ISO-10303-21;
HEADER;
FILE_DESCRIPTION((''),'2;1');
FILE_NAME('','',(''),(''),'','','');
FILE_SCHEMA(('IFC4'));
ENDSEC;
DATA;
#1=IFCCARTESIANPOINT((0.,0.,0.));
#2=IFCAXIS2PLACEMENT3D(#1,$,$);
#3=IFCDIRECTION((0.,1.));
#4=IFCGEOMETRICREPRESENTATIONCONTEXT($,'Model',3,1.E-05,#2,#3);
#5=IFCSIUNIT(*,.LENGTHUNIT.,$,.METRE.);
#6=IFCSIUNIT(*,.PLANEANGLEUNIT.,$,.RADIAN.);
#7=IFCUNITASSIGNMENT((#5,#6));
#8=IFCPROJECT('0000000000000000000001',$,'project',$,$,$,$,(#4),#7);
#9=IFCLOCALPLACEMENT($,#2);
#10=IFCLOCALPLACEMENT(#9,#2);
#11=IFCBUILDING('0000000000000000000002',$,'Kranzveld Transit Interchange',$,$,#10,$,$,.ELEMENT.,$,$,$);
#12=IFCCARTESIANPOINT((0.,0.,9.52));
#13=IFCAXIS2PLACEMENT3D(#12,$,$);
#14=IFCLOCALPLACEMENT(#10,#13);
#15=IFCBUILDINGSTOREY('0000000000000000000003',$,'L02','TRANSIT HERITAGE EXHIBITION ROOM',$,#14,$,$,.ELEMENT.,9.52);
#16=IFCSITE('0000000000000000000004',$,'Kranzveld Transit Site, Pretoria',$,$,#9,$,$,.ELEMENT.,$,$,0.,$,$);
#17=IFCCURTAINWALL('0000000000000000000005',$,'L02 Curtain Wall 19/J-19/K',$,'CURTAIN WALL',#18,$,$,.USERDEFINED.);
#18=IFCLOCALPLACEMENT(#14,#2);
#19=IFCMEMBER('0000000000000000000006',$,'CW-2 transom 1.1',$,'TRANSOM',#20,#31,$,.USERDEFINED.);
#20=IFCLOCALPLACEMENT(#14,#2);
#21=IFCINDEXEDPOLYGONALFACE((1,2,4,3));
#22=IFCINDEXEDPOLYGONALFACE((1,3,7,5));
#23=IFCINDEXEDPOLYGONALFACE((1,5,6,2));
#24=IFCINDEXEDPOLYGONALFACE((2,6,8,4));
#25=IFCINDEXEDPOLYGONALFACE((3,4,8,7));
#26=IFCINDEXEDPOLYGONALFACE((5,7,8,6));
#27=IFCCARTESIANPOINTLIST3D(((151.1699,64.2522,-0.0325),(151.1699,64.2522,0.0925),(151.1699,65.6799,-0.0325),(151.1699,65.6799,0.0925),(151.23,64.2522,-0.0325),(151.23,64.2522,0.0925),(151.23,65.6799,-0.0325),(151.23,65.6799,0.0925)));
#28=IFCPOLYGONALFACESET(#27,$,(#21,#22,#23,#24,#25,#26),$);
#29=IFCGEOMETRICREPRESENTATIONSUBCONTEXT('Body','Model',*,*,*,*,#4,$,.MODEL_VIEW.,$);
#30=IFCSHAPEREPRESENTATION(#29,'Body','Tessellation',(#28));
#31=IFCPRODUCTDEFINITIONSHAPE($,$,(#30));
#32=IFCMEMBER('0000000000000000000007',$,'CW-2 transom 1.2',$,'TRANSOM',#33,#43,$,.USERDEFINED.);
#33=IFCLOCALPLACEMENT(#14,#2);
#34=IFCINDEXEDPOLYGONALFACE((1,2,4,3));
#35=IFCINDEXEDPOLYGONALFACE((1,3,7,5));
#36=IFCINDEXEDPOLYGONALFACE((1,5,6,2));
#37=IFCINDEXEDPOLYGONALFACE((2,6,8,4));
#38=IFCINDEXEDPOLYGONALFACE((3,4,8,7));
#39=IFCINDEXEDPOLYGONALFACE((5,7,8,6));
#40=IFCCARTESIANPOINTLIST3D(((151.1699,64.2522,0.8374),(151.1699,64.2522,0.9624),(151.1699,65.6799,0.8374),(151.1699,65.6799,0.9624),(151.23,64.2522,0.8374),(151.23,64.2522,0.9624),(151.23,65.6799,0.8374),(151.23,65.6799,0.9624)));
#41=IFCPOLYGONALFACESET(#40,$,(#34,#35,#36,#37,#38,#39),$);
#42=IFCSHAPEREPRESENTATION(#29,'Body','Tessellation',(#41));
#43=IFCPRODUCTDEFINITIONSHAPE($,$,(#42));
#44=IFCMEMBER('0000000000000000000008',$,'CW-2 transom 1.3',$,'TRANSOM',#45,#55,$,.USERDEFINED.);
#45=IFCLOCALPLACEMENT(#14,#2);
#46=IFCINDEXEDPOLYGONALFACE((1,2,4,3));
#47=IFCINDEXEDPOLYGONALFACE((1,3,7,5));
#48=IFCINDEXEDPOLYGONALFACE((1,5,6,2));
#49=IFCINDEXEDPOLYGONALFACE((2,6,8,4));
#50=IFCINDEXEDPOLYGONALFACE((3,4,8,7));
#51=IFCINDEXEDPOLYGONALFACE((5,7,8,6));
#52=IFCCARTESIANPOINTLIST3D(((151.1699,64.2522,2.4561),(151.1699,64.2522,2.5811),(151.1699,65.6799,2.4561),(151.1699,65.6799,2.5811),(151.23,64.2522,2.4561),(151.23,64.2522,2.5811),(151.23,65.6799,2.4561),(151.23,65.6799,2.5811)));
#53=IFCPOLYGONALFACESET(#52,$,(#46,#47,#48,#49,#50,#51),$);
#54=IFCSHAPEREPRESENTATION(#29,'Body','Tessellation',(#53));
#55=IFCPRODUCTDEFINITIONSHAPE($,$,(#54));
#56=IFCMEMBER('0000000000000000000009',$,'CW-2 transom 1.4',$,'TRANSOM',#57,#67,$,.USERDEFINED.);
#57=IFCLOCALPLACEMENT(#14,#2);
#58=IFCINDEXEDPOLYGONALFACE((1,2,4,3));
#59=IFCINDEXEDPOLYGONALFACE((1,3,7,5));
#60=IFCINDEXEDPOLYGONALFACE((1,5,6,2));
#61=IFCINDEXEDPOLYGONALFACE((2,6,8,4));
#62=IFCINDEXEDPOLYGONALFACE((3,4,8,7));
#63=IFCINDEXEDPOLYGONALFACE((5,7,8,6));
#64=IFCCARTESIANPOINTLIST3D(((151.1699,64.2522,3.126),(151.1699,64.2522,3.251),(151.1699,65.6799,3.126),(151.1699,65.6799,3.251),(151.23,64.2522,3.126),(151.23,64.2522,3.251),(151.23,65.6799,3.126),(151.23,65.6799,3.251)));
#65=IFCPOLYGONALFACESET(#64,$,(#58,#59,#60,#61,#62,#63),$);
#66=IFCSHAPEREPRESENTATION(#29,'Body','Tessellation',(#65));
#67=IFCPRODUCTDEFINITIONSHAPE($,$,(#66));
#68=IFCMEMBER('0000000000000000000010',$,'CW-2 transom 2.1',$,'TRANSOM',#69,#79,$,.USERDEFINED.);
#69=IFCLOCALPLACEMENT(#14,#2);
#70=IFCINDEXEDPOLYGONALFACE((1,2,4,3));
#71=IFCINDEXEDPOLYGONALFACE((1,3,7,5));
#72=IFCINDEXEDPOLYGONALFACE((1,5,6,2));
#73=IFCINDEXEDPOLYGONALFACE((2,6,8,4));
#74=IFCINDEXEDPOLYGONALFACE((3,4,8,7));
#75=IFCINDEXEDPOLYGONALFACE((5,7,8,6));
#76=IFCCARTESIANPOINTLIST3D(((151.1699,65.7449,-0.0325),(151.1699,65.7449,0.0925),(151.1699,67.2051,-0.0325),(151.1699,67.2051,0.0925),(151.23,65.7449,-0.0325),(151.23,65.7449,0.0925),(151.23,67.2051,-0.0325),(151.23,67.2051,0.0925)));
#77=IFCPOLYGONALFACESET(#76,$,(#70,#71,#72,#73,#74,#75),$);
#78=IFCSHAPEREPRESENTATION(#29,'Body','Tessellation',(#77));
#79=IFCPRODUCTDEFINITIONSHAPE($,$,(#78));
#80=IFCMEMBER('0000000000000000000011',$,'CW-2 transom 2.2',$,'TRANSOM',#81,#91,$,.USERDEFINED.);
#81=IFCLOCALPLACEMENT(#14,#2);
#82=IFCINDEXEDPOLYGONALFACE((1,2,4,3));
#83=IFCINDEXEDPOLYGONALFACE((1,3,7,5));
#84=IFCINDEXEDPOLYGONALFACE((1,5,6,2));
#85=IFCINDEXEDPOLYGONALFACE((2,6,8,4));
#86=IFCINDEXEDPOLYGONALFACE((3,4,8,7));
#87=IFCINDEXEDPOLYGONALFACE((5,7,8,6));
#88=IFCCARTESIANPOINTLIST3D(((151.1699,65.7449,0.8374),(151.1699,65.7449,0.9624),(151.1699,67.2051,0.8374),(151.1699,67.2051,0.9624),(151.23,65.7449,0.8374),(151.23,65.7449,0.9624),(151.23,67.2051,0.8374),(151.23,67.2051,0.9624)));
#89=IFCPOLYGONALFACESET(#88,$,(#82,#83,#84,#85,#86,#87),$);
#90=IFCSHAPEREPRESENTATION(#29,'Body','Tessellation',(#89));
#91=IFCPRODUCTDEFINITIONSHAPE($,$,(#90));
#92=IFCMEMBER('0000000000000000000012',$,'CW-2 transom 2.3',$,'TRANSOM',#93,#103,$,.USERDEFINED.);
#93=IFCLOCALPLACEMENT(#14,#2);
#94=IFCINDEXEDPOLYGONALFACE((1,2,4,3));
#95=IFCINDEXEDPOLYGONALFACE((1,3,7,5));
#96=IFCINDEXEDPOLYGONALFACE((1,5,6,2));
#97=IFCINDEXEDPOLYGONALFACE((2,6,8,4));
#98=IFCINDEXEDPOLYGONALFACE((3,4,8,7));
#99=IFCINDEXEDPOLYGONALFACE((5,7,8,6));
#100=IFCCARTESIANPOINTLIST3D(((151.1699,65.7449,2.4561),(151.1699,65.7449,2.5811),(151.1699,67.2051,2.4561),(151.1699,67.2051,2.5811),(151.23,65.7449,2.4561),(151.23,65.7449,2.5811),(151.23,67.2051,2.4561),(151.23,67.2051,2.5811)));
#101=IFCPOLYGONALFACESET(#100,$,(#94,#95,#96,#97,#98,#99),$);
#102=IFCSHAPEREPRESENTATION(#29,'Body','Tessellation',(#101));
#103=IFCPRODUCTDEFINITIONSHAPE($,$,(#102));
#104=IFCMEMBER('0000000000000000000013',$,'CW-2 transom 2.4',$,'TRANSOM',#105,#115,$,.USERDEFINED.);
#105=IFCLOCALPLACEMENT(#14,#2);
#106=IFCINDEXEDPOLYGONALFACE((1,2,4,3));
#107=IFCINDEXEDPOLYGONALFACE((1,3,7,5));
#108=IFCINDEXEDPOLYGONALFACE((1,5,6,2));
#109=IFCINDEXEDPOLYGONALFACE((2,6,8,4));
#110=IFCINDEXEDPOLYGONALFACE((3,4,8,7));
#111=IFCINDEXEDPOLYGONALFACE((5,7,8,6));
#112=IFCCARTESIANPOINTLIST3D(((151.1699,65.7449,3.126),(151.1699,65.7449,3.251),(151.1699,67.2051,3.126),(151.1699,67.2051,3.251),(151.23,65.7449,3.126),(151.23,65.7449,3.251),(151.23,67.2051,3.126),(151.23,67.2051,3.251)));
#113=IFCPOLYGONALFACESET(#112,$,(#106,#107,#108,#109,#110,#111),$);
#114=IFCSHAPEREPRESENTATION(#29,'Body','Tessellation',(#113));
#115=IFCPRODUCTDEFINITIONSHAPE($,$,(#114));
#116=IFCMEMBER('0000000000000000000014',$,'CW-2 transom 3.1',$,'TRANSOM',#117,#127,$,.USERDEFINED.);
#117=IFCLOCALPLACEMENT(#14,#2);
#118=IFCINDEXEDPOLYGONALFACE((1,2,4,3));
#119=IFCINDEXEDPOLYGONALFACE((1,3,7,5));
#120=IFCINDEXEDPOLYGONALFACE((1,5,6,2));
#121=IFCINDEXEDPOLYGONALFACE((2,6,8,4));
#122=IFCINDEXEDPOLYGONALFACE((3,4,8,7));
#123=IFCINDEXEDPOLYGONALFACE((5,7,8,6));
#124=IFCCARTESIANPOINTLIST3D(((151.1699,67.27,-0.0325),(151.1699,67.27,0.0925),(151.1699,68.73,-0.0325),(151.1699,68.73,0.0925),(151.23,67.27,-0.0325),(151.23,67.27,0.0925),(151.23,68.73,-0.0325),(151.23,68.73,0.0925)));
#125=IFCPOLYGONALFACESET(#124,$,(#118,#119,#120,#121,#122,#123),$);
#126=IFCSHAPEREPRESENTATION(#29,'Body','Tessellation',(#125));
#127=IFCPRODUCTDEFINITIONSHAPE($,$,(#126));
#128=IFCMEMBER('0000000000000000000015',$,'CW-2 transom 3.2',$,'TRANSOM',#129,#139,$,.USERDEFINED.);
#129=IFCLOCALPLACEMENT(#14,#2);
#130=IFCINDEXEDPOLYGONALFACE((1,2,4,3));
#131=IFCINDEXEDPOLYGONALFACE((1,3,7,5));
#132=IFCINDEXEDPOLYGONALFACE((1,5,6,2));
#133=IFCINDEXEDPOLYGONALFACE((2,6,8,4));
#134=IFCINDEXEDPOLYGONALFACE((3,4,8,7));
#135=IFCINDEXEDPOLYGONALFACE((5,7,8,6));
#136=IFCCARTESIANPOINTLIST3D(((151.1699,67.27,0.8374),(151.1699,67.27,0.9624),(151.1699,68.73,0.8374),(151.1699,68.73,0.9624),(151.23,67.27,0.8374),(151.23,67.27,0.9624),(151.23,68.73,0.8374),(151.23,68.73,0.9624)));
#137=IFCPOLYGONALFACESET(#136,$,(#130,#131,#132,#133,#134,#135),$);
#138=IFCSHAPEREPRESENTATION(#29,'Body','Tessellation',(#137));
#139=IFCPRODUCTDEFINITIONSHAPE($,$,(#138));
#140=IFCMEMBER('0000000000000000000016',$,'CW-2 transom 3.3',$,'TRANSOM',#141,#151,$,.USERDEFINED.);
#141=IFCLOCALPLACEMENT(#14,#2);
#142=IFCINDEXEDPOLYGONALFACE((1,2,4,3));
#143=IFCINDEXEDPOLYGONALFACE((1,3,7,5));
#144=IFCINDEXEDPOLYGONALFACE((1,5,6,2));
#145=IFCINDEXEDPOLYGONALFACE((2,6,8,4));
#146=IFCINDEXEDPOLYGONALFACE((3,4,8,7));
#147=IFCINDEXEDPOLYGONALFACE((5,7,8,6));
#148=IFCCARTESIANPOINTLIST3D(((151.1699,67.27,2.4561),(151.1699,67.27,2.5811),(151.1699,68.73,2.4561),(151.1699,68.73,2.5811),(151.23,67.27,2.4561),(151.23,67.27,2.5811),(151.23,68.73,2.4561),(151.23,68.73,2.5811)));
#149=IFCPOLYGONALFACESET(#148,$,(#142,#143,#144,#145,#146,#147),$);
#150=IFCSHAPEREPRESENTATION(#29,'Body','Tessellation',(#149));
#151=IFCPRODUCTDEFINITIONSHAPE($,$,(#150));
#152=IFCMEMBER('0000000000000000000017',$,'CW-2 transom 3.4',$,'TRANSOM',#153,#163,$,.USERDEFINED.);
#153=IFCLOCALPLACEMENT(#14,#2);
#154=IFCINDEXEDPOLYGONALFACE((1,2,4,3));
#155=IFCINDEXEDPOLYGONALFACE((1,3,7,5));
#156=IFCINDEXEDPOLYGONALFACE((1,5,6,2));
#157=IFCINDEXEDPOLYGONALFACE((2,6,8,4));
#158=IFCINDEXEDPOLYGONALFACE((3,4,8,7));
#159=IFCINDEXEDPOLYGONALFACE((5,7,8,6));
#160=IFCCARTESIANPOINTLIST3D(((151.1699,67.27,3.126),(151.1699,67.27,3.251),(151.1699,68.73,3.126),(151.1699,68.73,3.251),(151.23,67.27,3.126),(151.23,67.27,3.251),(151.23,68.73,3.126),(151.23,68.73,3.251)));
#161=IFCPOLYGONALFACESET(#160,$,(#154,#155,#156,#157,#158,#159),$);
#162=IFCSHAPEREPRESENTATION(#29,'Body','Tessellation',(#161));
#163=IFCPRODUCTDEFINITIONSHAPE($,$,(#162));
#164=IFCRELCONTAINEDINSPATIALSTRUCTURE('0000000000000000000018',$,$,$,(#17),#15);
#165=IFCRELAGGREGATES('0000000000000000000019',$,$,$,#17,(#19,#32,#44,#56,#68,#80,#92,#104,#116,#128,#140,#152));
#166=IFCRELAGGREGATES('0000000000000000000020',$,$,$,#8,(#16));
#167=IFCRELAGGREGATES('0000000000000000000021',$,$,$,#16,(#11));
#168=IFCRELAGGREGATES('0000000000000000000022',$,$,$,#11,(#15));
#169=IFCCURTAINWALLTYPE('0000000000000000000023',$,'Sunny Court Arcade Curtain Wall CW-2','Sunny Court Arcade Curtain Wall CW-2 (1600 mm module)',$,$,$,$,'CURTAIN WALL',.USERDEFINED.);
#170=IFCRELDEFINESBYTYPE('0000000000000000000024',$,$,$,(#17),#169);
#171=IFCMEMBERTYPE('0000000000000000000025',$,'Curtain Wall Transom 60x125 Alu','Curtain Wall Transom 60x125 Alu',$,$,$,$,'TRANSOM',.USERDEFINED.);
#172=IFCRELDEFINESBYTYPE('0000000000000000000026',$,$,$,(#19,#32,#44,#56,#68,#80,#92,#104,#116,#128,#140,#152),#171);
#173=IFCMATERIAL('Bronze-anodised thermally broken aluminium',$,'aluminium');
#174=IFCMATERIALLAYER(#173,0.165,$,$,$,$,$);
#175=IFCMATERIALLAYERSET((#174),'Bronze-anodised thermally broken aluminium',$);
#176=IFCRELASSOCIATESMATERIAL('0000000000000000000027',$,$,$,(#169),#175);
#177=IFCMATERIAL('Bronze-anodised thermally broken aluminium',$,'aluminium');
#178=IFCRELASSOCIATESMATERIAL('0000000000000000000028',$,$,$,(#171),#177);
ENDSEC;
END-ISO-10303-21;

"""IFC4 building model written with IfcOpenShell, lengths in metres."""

from ifc_helpers import new_model, si_unit, direction, frame, origin, origin_2d, place, context, subcontext, project, spatial, rectangle, extrude, material, layer, layer_set, material_profile, profile_set, type_object, element, aggregate, save


model = new_model("IFC4")

# Units and contexts
model_context = context("Model", 3, precision=1e-05, world=origin(), true_north=direction((0.0, 1.0)))
body_context = subcontext(model_context, "Body", "Model", "MODEL_VIEW")
ifc_project = project(units=[si_unit("LENGTHUNIT", "METRE"), si_unit("PLANEANGLEUNIT", "RADIAN")], contexts=[model_context])

# Site, building, storey
site_placement = place(None, origin())
site = spatial("IfcSite", under=ifc_project, at=site_placement, Name="Kranzveld Transit Site, Pretoria", CompositionType="ELEMENT", RefElevation=0.0)
building_placement = place(site_placement, origin())
building = spatial("IfcBuilding", under=site, at=building_placement, Name="Kranzveld Transit Interchange", CompositionType="ELEMENT")
storey_placement = place(building_placement, frame((0.0, 0.0, 9.52)))
storey = spatial("IfcBuildingStorey", under=building, at=storey_placement, Name="L02", Description="TRANSIT HERITAGE EXHIBITION ROOM", CompositionType="ELEMENT", Elevation=9.52)

# Curtain wall, members
ifc_material_1 = material(Name="Bronze-anodised thermally broken aluminium", Category="aluminium")
ifc_layer_1 = layer(ifc_material_1, 0.165)
ifc_layer_set_1 = layer_set([ifc_layer_1], Name="Bronze-anodised thermally broken aluminium")
curtain_wall_type = type_object("IfcCurtainWallType", Name="Sunny Court Arcade Curtain Wall CW-2", Description="Sunny Court Arcade Curtain Wall CW-2 (1600 mm module)", ElementType="CURTAIN WALL", PredefinedType="USERDEFINED", material=ifc_layer_set_1)
curtain_wall_placement = place(storey_placement, origin())
curtain_wall = element("IfcCurtainWall", 1, at=curtain_wall_placement, inside=storey, type_object=curtain_wall_type, Name="L02 Curtain Wall 19/J-19/K", ObjectType="CURTAIN WALL", PredefinedType="USERDEFINED")
ifc_material_2 = material(Name="Bronze-anodised thermally broken aluminium", Category="aluminium")
ifc_material_profile_1 = material_profile(ifc_material_2, rectangle(XDim=0.0601, YDim=0.125, at=origin_2d()), Name="ALU TRANSOM 60x125")
ifc_profile_set_1 = profile_set([ifc_material_profile_1], Name="Bronze-anodised thermally broken aluminium")
member_type_1 = type_object("IfcMemberType", Name="Curtain Wall Transom 60x125 Alu", Description="Curtain Wall Transom 60x125 Alu", ElementType="TRANSOM", PredefinedType="USERDEFINED", material=ifc_profile_set_1)
member_1_placement = place(storey_placement, frame((151.2, 64.2522, 0.03), z_axis=(0.0, 1.0, 0.0), x_axis=(-1.0, 0.0, 0.0)))
member_1 = element("IfcMember", 2, at=member_1_placement, type_object=member_type_1, Name="CW-2 transom 1.1", ObjectType="TRANSOM", PredefinedType="USERDEFINED", context=body_context, shape_type="SweptSolid", body=[
    extrude(rectangle(XDim=0.0601, YDim=0.125, at=origin_2d()), origin(), (0.0, 0.0, 1.0), 1.4277),
])
member_2_placement = place(storey_placement, frame((151.2, 64.2522, 0.8999), z_axis=(0.0, 1.0, 0.0), x_axis=(-1.0, 0.0, 0.0)))
member_2 = element("IfcMember", 3, at=member_2_placement, type_object=member_type_1, Name="CW-2 transom 1.2", ObjectType="TRANSOM", PredefinedType="USERDEFINED", context=body_context, shape_type="SweptSolid", body=[
    extrude(rectangle(XDim=0.0601, YDim=0.125, at=origin_2d()), origin(), (0.0, 0.0, 1.0), 1.4277),
])
member_3_placement = place(storey_placement, frame((151.2, 64.2522, 2.5186), z_axis=(0.0, 1.0, 0.0), x_axis=(-1.0, 0.0, 0.0)))
member_3 = element("IfcMember", 4, at=member_3_placement, type_object=member_type_1, Name="CW-2 transom 1.3", ObjectType="TRANSOM", PredefinedType="USERDEFINED", context=body_context, shape_type="SweptSolid", body=[
    extrude(rectangle(XDim=0.0601, YDim=0.125, at=origin_2d()), origin(), (0.0, 0.0, 1.0), 1.4277),
])
member_4_placement = place(storey_placement, frame((151.2, 64.2522, 3.1885), z_axis=(0.0, 1.0, 0.0), x_axis=(-1.0, 0.0, 0.0)))
member_4 = element("IfcMember", 5, at=member_4_placement, type_object=member_type_1, Name="CW-2 transom 1.4", ObjectType="TRANSOM", PredefinedType="USERDEFINED", context=body_context, shape_type="SweptSolid", body=[
    extrude(rectangle(XDim=0.0601, YDim=0.125, at=origin_2d()), origin(), (0.0, 0.0, 1.0), 1.4277),
])
member_5_placement = place(storey_placement, frame((151.2, 65.7449, 0.03), z_axis=(0.0, 1.0, 0.0), x_axis=(-1.0, 0.0, 0.0)))
member_5 = element("IfcMember", 6, at=member_5_placement, type_object=member_type_1, Name="CW-2 transom 2.1", ObjectType="TRANSOM", PredefinedType="USERDEFINED", context=body_context, shape_type="SweptSolid", body=[
    extrude(rectangle(XDim=0.0601, YDim=0.125, at=origin_2d()), origin(), (0.0, 0.0, 1.0), 1.4602),
])
member_6_placement = place(storey_placement, frame((151.2, 65.7449, 0.8999), z_axis=(0.0, 1.0, 0.0), x_axis=(-1.0, 0.0, 0.0)))
member_6 = element("IfcMember", 7, at=member_6_placement, type_object=member_type_1, Name="CW-2 transom 2.2", ObjectType="TRANSOM", PredefinedType="USERDEFINED", context=body_context, shape_type="SweptSolid", body=[
    extrude(rectangle(XDim=0.0601, YDim=0.125, at=origin_2d()), origin(), (0.0, 0.0, 1.0), 1.4602),
])
member_7_placement = place(storey_placement, frame((151.2, 65.7449, 2.5186), z_axis=(0.0, 1.0, 0.0), x_axis=(-1.0, 0.0, 0.0)))
member_7 = element("IfcMember", 8, at=member_7_placement, type_object=member_type_1, Name="CW-2 transom 2.3", ObjectType="TRANSOM", PredefinedType="USERDEFINED", context=body_context, shape_type="SweptSolid", body=[
    extrude(rectangle(XDim=0.0601, YDim=0.125, at=origin_2d()), origin(), (0.0, 0.0, 1.0), 1.4602),
])
member_8_placement = place(storey_placement, frame((151.2, 65.7449, 3.1885), z_axis=(0.0, 1.0, 0.0), x_axis=(-1.0, 0.0, 0.0)))
member_8 = element("IfcMember", 9, at=member_8_placement, type_object=member_type_1, Name="CW-2 transom 2.4", ObjectType="TRANSOM", PredefinedType="USERDEFINED", context=body_context, shape_type="SweptSolid", body=[
    extrude(rectangle(XDim=0.0601, YDim=0.125, at=origin_2d()), origin(), (0.0, 0.0, 1.0), 1.4602),
])
member_9_placement = place(storey_placement, frame((151.2, 67.27, 0.03), z_axis=(0.0, 1.0, 0.0), x_axis=(-1.0, 0.0, 0.0)))
member_9 = element("IfcMember", 10, at=member_9_placement, type_object=member_type_1, Name="CW-2 transom 3.1", ObjectType="TRANSOM", PredefinedType="USERDEFINED", context=body_context, shape_type="SweptSolid", body=[
    extrude(rectangle(XDim=0.0601, YDim=0.125, at=origin_2d()), origin(), (0.0, 0.0, 1.0), 1.46),
])
member_10_placement = place(storey_placement, frame((151.2, 67.27, 0.8999), z_axis=(0.0, 1.0, 0.0), x_axis=(-1.0, 0.0, 0.0)))
member_10 = element("IfcMember", 11, at=member_10_placement, type_object=member_type_1, Name="CW-2 transom 3.2", ObjectType="TRANSOM", PredefinedType="USERDEFINED", context=body_context, shape_type="SweptSolid", body=[
    extrude(rectangle(XDim=0.0601, YDim=0.125, at=origin_2d()), origin(), (0.0, 0.0, 1.0), 1.46),
])
member_11_placement = place(storey_placement, frame((151.2, 67.27, 2.5186), z_axis=(0.0, 1.0, 0.0), x_axis=(-1.0, 0.0, 0.0)))
member_11 = element("IfcMember", 12, at=member_11_placement, type_object=member_type_1, Name="CW-2 transom 3.3", ObjectType="TRANSOM", PredefinedType="USERDEFINED", context=body_context, shape_type="SweptSolid", body=[
    extrude(rectangle(XDim=0.0601, YDim=0.125, at=origin_2d()), origin(), (0.0, 0.0, 1.0), 1.46),
])
member_12_placement = place(storey_placement, frame((151.2, 67.27, 3.1885), z_axis=(0.0, 1.0, 0.0), x_axis=(-1.0, 0.0, 0.0)))
member_12 = element("IfcMember", 13, at=member_12_placement, type_object=member_type_1, Name="CW-2 transom 3.4", ObjectType="TRANSOM", PredefinedType="USERDEFINED", context=body_context, shape_type="SweptSolid", body=[
    extrude(rectangle(XDim=0.0601, YDim=0.125, at=origin_2d()), origin(), (0.0, 0.0, 1.0), 1.46),
])

aggregate(curtain_wall, [member_1, member_2, member_3, member_4, member_5, member_6, member_7, member_8, member_9, member_10, member_11, member_12])

save(model, "model.ifc")
